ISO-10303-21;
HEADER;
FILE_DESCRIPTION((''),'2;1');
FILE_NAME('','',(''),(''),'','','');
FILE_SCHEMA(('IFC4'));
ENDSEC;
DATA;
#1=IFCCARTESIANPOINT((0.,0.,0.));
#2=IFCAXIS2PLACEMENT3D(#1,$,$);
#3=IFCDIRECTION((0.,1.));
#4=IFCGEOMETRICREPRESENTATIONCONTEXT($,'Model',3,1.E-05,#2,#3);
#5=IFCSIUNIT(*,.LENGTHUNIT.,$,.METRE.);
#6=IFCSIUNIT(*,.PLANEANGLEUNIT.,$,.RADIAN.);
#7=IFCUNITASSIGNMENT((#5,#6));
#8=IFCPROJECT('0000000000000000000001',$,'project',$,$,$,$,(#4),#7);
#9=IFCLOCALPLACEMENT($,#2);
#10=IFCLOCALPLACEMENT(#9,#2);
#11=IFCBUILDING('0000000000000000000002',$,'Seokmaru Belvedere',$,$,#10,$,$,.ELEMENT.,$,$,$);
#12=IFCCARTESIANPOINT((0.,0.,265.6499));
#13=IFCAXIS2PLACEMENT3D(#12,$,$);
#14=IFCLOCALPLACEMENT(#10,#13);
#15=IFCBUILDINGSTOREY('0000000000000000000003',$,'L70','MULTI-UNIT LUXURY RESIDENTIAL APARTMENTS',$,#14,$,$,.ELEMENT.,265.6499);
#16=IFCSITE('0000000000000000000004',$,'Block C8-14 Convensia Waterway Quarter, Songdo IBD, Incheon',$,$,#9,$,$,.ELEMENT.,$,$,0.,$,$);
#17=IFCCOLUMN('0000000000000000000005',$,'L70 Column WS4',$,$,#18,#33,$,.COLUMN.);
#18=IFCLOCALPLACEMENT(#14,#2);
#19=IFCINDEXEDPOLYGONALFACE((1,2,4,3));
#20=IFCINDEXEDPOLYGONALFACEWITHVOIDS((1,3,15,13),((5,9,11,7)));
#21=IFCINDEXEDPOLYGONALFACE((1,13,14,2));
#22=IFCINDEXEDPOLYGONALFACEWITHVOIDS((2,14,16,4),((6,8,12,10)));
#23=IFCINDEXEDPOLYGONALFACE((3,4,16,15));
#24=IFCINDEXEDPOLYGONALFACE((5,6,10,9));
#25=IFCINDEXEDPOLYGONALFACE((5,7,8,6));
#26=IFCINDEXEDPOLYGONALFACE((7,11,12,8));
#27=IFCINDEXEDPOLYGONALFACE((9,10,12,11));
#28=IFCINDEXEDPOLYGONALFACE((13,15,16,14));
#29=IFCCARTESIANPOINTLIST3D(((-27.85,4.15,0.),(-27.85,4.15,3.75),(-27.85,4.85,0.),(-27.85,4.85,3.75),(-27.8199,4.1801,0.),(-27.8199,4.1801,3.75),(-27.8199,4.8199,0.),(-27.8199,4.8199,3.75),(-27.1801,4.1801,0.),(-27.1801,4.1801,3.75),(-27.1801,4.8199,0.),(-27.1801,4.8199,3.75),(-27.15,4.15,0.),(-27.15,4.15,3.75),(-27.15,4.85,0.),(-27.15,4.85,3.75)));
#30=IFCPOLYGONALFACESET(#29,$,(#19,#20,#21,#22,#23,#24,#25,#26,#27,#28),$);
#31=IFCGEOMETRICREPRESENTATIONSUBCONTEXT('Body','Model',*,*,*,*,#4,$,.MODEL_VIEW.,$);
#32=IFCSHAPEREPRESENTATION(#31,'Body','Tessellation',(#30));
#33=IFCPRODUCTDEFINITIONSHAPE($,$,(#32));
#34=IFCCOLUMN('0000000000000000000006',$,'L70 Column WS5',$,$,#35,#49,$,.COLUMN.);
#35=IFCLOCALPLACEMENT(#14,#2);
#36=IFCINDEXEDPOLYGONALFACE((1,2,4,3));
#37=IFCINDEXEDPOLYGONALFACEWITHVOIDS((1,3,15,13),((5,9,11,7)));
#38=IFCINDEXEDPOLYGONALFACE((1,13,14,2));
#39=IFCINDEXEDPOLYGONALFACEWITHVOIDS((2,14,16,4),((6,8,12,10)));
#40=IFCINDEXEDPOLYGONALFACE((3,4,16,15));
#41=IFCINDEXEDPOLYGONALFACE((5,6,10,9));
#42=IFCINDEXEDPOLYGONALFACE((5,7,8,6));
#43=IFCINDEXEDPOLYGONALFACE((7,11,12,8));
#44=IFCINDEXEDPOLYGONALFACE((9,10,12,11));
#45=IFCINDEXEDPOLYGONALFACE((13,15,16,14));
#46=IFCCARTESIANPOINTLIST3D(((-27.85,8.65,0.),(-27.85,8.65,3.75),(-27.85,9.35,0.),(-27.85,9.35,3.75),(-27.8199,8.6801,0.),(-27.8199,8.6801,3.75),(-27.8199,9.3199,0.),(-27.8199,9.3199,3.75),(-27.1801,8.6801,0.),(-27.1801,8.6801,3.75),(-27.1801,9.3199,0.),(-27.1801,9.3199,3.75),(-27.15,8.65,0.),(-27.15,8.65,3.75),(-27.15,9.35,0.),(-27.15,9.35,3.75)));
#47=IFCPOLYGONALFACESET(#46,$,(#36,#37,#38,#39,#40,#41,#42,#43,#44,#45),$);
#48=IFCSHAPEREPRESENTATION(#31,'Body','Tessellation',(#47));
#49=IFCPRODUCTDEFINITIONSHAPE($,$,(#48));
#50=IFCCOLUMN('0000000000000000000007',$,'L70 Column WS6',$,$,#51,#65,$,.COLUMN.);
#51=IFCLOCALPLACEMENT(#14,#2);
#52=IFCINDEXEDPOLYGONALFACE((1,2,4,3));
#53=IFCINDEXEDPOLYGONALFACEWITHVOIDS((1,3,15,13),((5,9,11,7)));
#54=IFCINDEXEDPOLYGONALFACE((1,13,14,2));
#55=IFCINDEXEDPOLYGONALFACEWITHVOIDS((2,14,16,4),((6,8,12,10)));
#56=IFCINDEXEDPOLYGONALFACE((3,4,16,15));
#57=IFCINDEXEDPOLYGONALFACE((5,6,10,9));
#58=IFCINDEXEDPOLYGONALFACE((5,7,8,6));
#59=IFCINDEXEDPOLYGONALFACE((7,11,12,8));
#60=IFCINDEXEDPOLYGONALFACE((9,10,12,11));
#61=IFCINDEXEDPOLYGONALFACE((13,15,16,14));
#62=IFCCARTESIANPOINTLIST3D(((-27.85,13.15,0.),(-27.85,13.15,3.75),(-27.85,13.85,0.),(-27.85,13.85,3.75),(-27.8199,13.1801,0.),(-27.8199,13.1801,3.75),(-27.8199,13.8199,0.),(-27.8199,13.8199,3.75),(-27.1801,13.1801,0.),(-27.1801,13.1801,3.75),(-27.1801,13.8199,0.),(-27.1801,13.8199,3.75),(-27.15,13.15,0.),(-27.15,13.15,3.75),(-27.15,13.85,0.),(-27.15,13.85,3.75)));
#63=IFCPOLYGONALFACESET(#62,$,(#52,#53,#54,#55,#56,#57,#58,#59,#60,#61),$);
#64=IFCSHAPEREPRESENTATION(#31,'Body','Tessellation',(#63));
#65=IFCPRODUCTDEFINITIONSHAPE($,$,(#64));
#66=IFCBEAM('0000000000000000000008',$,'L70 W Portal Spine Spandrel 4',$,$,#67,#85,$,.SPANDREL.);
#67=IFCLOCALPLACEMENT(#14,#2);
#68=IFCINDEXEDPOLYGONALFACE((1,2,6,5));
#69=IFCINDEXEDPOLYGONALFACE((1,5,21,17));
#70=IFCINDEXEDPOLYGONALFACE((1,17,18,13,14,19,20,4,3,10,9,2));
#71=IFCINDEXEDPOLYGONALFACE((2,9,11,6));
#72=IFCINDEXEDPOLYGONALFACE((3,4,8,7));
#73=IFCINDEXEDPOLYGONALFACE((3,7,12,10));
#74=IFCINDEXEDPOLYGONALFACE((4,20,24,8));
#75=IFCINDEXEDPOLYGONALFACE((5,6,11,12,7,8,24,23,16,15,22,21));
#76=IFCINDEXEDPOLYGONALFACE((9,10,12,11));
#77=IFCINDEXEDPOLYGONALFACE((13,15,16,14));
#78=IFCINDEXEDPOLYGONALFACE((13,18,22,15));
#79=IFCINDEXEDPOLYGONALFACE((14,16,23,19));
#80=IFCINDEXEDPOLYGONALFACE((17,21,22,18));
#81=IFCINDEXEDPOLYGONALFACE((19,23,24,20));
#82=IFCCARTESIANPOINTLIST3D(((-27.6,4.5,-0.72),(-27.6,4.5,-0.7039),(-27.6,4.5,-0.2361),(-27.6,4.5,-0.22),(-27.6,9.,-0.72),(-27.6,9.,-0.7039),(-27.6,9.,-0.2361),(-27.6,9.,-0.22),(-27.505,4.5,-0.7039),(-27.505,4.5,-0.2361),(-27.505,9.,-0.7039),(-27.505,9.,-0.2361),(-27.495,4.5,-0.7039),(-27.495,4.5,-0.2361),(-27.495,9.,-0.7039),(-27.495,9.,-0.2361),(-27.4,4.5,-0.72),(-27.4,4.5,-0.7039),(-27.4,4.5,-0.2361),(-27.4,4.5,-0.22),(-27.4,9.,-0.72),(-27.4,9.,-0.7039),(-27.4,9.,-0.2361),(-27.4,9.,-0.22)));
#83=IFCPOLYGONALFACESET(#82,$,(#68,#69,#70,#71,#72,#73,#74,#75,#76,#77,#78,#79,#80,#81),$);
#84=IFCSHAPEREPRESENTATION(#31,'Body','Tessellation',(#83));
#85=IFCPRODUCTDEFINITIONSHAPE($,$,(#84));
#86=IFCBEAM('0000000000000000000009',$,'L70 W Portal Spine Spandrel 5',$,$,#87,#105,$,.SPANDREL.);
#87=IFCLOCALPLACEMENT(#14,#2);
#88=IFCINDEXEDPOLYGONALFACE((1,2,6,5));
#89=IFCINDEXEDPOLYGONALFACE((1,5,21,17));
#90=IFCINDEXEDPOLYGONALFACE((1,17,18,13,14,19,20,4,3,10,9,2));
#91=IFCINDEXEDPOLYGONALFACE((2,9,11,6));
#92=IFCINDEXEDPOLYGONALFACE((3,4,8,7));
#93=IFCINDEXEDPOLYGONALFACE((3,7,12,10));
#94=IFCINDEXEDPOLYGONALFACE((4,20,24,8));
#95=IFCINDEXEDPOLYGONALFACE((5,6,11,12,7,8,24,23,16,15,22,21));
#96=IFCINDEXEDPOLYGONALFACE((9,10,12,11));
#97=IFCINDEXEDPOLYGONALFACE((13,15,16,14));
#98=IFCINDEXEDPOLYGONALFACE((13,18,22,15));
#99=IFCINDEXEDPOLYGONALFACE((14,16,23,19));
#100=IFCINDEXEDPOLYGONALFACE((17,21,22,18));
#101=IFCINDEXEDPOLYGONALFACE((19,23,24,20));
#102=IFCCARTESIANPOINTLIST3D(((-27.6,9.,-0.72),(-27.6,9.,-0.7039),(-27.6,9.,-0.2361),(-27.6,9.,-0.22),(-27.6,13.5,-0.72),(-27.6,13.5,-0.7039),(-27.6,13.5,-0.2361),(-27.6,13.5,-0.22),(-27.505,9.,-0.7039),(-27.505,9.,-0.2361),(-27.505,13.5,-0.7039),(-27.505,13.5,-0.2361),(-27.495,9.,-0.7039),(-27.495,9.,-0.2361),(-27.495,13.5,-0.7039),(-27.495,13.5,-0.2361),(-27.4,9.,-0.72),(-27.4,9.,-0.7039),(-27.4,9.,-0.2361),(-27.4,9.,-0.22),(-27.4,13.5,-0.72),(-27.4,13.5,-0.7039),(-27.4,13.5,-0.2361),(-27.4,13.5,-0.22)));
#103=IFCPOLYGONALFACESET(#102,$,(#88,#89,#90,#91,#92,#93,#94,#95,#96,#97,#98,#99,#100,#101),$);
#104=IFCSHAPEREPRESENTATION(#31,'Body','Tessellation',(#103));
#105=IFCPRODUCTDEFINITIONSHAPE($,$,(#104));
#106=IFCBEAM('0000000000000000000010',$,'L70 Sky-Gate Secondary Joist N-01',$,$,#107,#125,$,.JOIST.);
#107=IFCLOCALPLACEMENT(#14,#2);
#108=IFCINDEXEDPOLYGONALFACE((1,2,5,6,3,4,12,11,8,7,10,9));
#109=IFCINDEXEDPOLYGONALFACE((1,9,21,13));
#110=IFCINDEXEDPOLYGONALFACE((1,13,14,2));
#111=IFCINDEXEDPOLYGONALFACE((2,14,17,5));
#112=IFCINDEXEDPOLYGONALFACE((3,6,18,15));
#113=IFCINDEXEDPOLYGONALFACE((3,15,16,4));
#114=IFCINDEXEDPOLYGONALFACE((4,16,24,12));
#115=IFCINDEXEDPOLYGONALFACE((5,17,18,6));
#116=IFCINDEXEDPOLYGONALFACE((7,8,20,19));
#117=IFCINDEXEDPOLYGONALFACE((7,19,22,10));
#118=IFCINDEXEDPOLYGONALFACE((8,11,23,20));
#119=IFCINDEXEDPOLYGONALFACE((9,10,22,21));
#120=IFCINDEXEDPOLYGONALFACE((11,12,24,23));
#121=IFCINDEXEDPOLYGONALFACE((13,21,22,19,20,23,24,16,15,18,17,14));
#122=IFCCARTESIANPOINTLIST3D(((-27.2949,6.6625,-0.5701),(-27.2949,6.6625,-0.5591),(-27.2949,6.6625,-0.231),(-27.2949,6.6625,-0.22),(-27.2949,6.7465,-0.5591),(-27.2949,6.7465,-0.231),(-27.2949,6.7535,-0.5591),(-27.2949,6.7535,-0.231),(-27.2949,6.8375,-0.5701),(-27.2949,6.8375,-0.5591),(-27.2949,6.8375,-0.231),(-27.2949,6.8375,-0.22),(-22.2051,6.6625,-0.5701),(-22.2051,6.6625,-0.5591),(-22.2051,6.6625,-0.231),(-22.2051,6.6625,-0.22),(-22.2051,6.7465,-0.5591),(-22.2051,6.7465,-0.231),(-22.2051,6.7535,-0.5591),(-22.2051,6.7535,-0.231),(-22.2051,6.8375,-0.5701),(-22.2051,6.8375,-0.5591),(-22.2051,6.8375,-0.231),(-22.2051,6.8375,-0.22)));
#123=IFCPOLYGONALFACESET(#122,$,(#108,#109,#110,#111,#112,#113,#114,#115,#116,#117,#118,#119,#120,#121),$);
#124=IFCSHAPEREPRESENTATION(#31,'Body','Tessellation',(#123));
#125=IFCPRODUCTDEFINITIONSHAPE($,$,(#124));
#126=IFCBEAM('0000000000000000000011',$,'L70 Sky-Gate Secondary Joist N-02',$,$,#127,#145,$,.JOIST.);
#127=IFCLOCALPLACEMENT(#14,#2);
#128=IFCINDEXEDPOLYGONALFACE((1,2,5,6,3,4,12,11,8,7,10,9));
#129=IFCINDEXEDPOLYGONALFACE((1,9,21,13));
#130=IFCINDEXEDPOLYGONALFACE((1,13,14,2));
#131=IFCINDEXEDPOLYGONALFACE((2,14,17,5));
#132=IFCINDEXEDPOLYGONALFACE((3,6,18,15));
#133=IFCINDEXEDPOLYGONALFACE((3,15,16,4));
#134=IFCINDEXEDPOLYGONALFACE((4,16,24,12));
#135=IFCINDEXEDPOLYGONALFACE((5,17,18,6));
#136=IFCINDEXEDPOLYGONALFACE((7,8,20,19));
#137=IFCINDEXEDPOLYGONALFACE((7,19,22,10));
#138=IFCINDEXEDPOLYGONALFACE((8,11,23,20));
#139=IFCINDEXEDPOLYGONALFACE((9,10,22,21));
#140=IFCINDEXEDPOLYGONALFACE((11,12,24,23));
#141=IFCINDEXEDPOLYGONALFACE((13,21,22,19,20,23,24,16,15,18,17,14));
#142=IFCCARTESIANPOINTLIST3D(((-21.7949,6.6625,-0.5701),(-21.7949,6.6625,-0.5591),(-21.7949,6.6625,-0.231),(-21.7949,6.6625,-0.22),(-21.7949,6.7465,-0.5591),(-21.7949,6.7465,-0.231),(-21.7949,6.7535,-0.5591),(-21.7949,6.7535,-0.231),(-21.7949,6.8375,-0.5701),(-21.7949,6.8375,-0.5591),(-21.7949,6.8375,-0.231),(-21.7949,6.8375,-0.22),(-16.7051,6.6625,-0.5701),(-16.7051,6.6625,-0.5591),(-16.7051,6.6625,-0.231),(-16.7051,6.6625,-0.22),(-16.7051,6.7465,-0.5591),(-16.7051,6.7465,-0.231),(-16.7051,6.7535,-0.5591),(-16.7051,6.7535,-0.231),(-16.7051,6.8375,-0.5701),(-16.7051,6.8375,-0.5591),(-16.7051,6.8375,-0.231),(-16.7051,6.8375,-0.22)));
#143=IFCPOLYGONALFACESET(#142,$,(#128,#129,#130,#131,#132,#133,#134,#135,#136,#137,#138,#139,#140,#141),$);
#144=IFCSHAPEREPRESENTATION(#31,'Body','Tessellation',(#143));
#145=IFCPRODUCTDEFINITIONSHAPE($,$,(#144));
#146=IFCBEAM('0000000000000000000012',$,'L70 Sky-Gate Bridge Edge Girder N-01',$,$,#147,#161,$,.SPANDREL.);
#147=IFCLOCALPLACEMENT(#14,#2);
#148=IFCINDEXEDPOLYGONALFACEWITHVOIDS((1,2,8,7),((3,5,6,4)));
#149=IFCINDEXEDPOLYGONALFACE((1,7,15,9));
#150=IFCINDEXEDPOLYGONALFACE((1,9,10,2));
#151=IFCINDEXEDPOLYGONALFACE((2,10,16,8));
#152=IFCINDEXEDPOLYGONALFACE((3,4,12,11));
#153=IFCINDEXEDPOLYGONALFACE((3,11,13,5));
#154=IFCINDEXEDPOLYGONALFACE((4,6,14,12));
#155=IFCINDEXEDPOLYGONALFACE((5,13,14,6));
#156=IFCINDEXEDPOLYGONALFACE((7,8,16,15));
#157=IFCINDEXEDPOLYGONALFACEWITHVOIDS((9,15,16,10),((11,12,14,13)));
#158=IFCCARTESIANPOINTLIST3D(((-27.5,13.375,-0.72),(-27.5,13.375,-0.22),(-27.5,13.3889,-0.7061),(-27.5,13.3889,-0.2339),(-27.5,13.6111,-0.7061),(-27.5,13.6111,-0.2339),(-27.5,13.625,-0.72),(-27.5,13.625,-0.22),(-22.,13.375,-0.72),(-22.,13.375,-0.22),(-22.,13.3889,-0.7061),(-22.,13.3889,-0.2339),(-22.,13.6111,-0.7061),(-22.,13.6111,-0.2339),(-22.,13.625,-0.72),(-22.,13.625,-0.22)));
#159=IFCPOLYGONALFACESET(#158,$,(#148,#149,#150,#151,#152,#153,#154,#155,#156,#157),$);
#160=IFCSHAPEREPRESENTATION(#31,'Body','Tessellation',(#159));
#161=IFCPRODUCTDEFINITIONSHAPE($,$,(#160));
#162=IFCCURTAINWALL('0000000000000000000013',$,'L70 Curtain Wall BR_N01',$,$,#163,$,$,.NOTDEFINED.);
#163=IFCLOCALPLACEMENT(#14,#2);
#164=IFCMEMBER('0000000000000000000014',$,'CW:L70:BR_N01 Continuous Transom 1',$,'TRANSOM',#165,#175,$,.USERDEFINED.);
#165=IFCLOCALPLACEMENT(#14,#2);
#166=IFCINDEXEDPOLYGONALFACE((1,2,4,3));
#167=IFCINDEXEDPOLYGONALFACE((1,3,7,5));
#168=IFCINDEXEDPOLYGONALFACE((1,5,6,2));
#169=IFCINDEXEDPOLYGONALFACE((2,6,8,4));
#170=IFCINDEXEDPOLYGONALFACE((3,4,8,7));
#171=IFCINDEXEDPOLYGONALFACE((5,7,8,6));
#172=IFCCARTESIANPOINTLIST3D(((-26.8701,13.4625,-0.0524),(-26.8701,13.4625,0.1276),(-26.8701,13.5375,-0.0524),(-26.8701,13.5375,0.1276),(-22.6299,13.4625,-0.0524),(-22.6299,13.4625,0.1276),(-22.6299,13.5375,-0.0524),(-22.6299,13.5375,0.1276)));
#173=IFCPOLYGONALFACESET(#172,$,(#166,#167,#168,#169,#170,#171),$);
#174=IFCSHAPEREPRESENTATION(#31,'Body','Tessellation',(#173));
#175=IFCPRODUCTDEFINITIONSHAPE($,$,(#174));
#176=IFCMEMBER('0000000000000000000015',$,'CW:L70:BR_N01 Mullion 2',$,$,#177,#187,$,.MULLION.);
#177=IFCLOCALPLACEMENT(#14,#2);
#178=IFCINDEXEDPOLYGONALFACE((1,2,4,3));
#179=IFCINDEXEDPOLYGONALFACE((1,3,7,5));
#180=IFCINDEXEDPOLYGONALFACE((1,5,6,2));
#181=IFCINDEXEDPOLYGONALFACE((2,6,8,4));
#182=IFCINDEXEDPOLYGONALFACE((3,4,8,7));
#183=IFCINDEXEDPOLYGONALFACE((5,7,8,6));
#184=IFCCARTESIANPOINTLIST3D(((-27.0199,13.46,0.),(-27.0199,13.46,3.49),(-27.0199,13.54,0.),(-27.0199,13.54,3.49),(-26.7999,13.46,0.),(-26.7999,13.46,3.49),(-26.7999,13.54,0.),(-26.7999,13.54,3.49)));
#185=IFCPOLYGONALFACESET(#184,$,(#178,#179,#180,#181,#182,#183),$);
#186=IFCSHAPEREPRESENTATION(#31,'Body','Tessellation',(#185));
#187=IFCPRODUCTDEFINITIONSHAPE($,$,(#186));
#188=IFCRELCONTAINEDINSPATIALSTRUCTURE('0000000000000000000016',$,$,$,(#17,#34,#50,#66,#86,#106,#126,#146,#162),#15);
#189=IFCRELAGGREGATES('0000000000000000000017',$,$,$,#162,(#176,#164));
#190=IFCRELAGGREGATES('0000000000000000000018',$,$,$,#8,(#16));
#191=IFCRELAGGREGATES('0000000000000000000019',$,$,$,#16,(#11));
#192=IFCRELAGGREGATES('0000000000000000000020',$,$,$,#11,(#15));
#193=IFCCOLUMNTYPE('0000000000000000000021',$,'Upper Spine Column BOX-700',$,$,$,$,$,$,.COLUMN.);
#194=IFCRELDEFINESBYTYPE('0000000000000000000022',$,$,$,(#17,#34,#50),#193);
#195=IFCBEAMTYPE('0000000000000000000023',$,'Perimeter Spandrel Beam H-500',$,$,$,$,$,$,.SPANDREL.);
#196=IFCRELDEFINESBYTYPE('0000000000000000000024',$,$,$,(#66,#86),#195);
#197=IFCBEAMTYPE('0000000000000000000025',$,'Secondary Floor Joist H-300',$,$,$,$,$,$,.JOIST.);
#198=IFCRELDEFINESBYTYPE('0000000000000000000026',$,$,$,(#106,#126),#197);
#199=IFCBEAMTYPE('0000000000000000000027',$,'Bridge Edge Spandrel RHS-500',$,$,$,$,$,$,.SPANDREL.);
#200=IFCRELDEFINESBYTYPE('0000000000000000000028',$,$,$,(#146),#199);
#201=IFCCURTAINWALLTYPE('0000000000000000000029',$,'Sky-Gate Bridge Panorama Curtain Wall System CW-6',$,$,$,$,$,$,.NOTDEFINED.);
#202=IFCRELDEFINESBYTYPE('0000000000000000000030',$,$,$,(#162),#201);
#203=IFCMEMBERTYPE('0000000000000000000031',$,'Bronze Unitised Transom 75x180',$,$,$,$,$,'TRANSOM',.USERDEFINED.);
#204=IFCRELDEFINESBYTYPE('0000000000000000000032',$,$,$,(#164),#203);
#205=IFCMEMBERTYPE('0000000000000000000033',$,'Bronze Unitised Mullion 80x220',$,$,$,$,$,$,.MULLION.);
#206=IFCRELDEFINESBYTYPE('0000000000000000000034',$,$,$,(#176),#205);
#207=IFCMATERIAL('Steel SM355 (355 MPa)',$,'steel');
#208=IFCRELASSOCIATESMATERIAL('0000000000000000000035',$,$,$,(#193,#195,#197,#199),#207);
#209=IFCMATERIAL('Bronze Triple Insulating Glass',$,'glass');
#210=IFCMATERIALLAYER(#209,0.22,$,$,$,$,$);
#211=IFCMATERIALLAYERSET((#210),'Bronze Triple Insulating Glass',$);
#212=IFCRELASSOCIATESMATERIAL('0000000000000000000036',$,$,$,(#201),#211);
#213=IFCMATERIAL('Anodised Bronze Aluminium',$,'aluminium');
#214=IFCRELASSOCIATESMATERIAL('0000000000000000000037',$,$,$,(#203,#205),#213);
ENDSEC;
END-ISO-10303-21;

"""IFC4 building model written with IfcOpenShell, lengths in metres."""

from ifc_helpers import new_model, si_unit, direction, frame, origin, origin_2d, place, context, subcontext, project, spatial, rectangle, hollow_rectangle, i_section, extrude, source, transform, mapped, material, layer, layer_set, material_profile, profile_set, type_object, type_shapes, element, aggregate, save


model = new_model("IFC4")

# Units and contexts
model_context = context("Model", 3, precision=1e-05, world=origin(), true_north=direction((0.0, 1.0)))
body_context = subcontext(model_context, "Body", "Model", "MODEL_VIEW")
ifc_project = project(units=[si_unit("LENGTHUNIT", "METRE"), si_unit("PLANEANGLEUNIT", "RADIAN")], contexts=[model_context])

# Site, building, storey
site_placement = place(None, origin())
site = spatial("IfcSite", under=ifc_project, at=site_placement, Name="Block C8-14 Convensia Waterway Quarter, Songdo IBD, Incheon", CompositionType="ELEMENT", RefElevation=0.0)
building_placement = place(site_placement, origin())
building = spatial("IfcBuilding", under=site, at=building_placement, Name="Seokmaru Belvedere", CompositionType="ELEMENT")
storey_placement = place(building_placement, frame((0.0, 0.0, 265.6499)))
storey = spatial("IfcBuildingStorey", under=building, at=storey_placement, Name="L70", Description="MULTI-UNIT LUXURY RESIDENTIAL APARTMENTS", CompositionType="ELEMENT", Elevation=265.6499)

# Columns
ifc_material_1 = material(Name="Steel SM355 (355 MPa)", Category="steel")
ifc_material_profile_1 = material_profile(ifc_material_1, hollow_rectangle(XDim=0.7, YDim=0.7, WallThickness=0.03, at=origin_2d()), Name="BOX-700x700x30")
ifc_profile_set_1 = profile_set([ifc_material_profile_1], Name="Steel SM355 (355 MPa)")
column_type = type_object("IfcColumnType", Name="Upper Spine Column BOX-700", PredefinedType="COLUMN", material=ifc_profile_set_1)
shared_shape_1 = source(origin(), body_context, "Body", "SweptSolid", [
    extrude(hollow_rectangle(XDim=0.7, YDim=0.7, WallThickness=0.03, at=origin_2d()), origin(), (0.0, 0.0, 1.0), 3.75),
])
type_shapes(column_type, [shared_shape_1])
for number, where, z_axis, x_axis, name in (
    (1, (-27.5, 4.5, 0.0), (0.0, 0.0, 1.0), (1.0, 0.0, 0.0), "L70 Column WS4"),
    (2, (-27.5, 9.0, 0.0), (0.0, 0.0, 1.0), (1.0, 0.0, 0.0), "L70 Column WS5"),
    (3, (-27.5, 13.5, 0.0), (0.0, 0.0, 1.0), (1.0, 0.0, 0.0), "L70 Column WS6"),
):
    element("IfcColumn", number, at=place(storey_placement, frame(where, z_axis=z_axis, x_axis=x_axis)), inside=storey, type_object=column_type, Name=name, PredefinedType="COLUMN", context=body_context, shape_type="MappedRepresentation", body=[
        mapped(shared_shape_1, transform((0.0, 0.0, 0.0), scale=1.0)),
    ])

# Beams
ifc_material_profile_2 = material_profile(ifc_material_1, i_section(OverallWidth=0.2, OverallDepth=0.5, WebThickness=0.01, FlangeThickness=0.0161, at=origin_2d()), Name="H-500x200x10x16")
ifc_profile_set_2 = profile_set([ifc_material_profile_2], Name="Steel SM355 (355 MPa)")
beam_type_1 = type_object("IfcBeamType", Name="Perimeter Spandrel Beam H-500", PredefinedType="SPANDREL", material=ifc_profile_set_2)
shared_shape_2 = source(origin(), body_context, "Body", "SweptSolid", [
    extrude(i_section(OverallWidth=0.2, OverallDepth=0.5, WebThickness=0.01, FlangeThickness=0.0161, at=origin_2d()), origin(), (0.0, 0.0, 1.0), 4.5),
])
type_shapes(beam_type_1, [shared_shape_2])
for number, where, z_axis, x_axis, name in (
    (4, (-27.5, 4.5, -0.47), (0.0, 1.0, 0.0), (-1.0, 0.0, 0.0), "L70 W Portal Spine Spandrel 4"),
    (5, (-27.5, 9.0, -0.47), (0.0, 1.0, 0.0), (-1.0, 0.0, 0.0), "L70 W Portal Spine Spandrel 5"),
):
    element("IfcBeam", number, at=place(storey_placement, frame(where, z_axis=z_axis, x_axis=x_axis)), inside=storey, type_object=beam_type_1, Name=name, PredefinedType="SPANDREL", context=body_context, shape_type="MappedRepresentation", body=[
        mapped(shared_shape_2, transform((0.0, 0.0, 0.0), scale=1.0)),
    ])
ifc_material_profile_3 = material_profile(ifc_material_1, i_section(OverallWidth=0.175, OverallDepth=0.3501, WebThickness=0.0071, FlangeThickness=0.011, at=origin_2d()), Name="H-350x175x7x11")
ifc_profile_set_3 = profile_set([ifc_material_profile_3], Name="Steel SM355 (355 MPa)")
beam_type_2 = type_object("IfcBeamType", Name="Secondary Floor Joist H-300", PredefinedType="JOIST", material=ifc_profile_set_3)
shared_shape_3 = source(origin(), body_context, "Body", "SweptSolid", [
    extrude(i_section(OverallWidth=0.175, OverallDepth=0.3501, WebThickness=0.0071, FlangeThickness=0.011, at=origin_2d()), origin(), (0.0, 0.0, 1.0), 5.0898),
])
type_shapes(beam_type_2, [shared_shape_3])
for number, where, z_axis, x_axis, name in (
    (6, (-27.2949, 6.75, -0.395), (1.0, 0.0, 0.0), (0.0, 1.0, 0.0), "L70 Sky-Gate Secondary Joist N-01"),
    (7, (-21.7949, 6.75, -0.395), (1.0, 0.0, 0.0), (0.0, 1.0, 0.0), "L70 Sky-Gate Secondary Joist N-02"),
):
    element("IfcBeam", number, at=place(storey_placement, frame(where, z_axis=z_axis, x_axis=x_axis)), inside=storey, type_object=beam_type_2, Name=name, PredefinedType="JOIST", context=body_context, shape_type="MappedRepresentation", body=[
        mapped(shared_shape_3, transform((0.0, 0.0, 0.0), scale=1.0)),
    ])
ifc_material_profile_4 = material_profile(ifc_material_1, hollow_rectangle(XDim=0.25, YDim=0.5, WallThickness=0.0139, at=origin_2d()), Name="RHS-500x250x14")
ifc_profile_set_4 = profile_set([ifc_material_profile_4], Name="Steel SM355 (355 MPa)")
beam_type_3 = type_object("IfcBeamType", Name="Bridge Edge Spandrel RHS-500", PredefinedType="SPANDREL", material=ifc_profile_set_4)
shared_shape_4 = source(origin(), body_context, "Body", "SweptSolid", [
    extrude(hollow_rectangle(XDim=0.25, YDim=0.5, WallThickness=0.0139, at=origin_2d()), origin(), (0.0, 0.0, 1.0), 5.5),
])
type_shapes(beam_type_3, [shared_shape_4])
beam_placement = place(storey_placement, frame((-27.5, 13.5, -0.47), z_axis=(1.0, 0.0, 0.0), x_axis=(0.0, 1.0, 0.0)))
element("IfcBeam", 8, at=beam_placement, inside=storey, type_object=beam_type_3, Name="L70 Sky-Gate Bridge Edge Girder N-01", PredefinedType="SPANDREL", context=body_context, shape_type="MappedRepresentation", body=[
    mapped(shared_shape_4, transform((0.0, 0.0, 0.0), scale=1.0)),
])

# Curtain wall, members
ifc_material_2 = material(Name="Bronze Triple Insulating Glass", Category="glass")
ifc_layer_1 = layer(ifc_material_2, 0.22)
ifc_layer_set_1 = layer_set([ifc_layer_1], Name="Bronze Triple Insulating Glass")
curtain_wall_type = type_object("IfcCurtainWallType", Name="Sky-Gate Bridge Panorama Curtain Wall System CW-6", PredefinedType="NOTDEFINED", material=ifc_layer_set_1)
curtain_wall_placement = place(storey_placement, origin())
curtain_wall = element("IfcCurtainWall", 9, at=curtain_wall_placement, inside=storey, type_object=curtain_wall_type, Name="L70 Curtain Wall BR_N01", PredefinedType="NOTDEFINED")
ifc_material_3 = material(Name="Anodised Bronze Aluminium", Category="aluminium")
ifc_material_profile_5 = material_profile(ifc_material_3, rectangle(XDim=0.075, YDim=0.1799, at=origin_2d()), Name="CW-T-75x180")
ifc_profile_set_5 = profile_set([ifc_material_profile_5], Name="Anodised Bronze Aluminium")
member_type_1 = type_object("IfcMemberType", Name="Bronze Unitised Transom 75x180", ElementType="TRANSOM", PredefinedType="USERDEFINED", material=ifc_profile_set_5)
shared_shape_5 = source(origin(), body_context, "Body", "SweptSolid", [
    extrude(rectangle(XDim=0.075, YDim=0.1799, at=origin_2d()), origin(), (0.0, 0.0, 1.0), 4.2402),
])
type_shapes(member_type_1, [shared_shape_5])
member_1_placement = place(storey_placement, frame((-22.6299, 13.5, 0.0376), z_axis=(-1.0, 0.0, 0.0), x_axis=(0.0, -1.0, 0.0)))
member_1 = element("IfcMember", 10, at=member_1_placement, type_object=member_type_1, Name="CW:L70:BR_N01 Continuous Transom 1", ObjectType="TRANSOM", PredefinedType="USERDEFINED", context=body_context, shape_type="MappedRepresentation", body=[
    mapped(shared_shape_5, transform((0.0, 0.0, 0.0), scale=1.0)),
])
ifc_material_profile_6 = material_profile(ifc_material_3, rectangle(XDim=0.0801, YDim=0.22, at=origin_2d()), Name="CW-M-80x220")
ifc_profile_set_6 = profile_set([ifc_material_profile_6], Name="Anodised Bronze Aluminium")
member_type_2 = type_object("IfcMemberType", Name="Bronze Unitised Mullion 80x220", PredefinedType="MULLION", material=ifc_profile_set_6)
shared_shape_6 = source(origin(), body_context, "Body", "SweptSolid", [
    extrude(rectangle(XDim=0.0801, YDim=0.22, at=origin_2d()), origin(), (0.0, 0.0, 1.0), 3.49),
])
type_shapes(member_type_2, [shared_shape_6])
member_2_placement = place(storey_placement, frame((-26.9099, 13.5, 0.0), z_axis=(0.0, 0.0, 1.0), x_axis=(0.0, -1.0, 0.0)))
member_2 = element("IfcMember", 11, at=member_2_placement, type_object=member_type_2, Name="CW:L70:BR_N01 Mullion 2", PredefinedType="MULLION", context=body_context, shape_type="MappedRepresentation", body=[
    mapped(shared_shape_6, transform((0.0, 0.0, 0.0), scale=1.0)),
])
aggregate(curtain_wall, [member_2, member_1])

save(model, "model.ifc")
